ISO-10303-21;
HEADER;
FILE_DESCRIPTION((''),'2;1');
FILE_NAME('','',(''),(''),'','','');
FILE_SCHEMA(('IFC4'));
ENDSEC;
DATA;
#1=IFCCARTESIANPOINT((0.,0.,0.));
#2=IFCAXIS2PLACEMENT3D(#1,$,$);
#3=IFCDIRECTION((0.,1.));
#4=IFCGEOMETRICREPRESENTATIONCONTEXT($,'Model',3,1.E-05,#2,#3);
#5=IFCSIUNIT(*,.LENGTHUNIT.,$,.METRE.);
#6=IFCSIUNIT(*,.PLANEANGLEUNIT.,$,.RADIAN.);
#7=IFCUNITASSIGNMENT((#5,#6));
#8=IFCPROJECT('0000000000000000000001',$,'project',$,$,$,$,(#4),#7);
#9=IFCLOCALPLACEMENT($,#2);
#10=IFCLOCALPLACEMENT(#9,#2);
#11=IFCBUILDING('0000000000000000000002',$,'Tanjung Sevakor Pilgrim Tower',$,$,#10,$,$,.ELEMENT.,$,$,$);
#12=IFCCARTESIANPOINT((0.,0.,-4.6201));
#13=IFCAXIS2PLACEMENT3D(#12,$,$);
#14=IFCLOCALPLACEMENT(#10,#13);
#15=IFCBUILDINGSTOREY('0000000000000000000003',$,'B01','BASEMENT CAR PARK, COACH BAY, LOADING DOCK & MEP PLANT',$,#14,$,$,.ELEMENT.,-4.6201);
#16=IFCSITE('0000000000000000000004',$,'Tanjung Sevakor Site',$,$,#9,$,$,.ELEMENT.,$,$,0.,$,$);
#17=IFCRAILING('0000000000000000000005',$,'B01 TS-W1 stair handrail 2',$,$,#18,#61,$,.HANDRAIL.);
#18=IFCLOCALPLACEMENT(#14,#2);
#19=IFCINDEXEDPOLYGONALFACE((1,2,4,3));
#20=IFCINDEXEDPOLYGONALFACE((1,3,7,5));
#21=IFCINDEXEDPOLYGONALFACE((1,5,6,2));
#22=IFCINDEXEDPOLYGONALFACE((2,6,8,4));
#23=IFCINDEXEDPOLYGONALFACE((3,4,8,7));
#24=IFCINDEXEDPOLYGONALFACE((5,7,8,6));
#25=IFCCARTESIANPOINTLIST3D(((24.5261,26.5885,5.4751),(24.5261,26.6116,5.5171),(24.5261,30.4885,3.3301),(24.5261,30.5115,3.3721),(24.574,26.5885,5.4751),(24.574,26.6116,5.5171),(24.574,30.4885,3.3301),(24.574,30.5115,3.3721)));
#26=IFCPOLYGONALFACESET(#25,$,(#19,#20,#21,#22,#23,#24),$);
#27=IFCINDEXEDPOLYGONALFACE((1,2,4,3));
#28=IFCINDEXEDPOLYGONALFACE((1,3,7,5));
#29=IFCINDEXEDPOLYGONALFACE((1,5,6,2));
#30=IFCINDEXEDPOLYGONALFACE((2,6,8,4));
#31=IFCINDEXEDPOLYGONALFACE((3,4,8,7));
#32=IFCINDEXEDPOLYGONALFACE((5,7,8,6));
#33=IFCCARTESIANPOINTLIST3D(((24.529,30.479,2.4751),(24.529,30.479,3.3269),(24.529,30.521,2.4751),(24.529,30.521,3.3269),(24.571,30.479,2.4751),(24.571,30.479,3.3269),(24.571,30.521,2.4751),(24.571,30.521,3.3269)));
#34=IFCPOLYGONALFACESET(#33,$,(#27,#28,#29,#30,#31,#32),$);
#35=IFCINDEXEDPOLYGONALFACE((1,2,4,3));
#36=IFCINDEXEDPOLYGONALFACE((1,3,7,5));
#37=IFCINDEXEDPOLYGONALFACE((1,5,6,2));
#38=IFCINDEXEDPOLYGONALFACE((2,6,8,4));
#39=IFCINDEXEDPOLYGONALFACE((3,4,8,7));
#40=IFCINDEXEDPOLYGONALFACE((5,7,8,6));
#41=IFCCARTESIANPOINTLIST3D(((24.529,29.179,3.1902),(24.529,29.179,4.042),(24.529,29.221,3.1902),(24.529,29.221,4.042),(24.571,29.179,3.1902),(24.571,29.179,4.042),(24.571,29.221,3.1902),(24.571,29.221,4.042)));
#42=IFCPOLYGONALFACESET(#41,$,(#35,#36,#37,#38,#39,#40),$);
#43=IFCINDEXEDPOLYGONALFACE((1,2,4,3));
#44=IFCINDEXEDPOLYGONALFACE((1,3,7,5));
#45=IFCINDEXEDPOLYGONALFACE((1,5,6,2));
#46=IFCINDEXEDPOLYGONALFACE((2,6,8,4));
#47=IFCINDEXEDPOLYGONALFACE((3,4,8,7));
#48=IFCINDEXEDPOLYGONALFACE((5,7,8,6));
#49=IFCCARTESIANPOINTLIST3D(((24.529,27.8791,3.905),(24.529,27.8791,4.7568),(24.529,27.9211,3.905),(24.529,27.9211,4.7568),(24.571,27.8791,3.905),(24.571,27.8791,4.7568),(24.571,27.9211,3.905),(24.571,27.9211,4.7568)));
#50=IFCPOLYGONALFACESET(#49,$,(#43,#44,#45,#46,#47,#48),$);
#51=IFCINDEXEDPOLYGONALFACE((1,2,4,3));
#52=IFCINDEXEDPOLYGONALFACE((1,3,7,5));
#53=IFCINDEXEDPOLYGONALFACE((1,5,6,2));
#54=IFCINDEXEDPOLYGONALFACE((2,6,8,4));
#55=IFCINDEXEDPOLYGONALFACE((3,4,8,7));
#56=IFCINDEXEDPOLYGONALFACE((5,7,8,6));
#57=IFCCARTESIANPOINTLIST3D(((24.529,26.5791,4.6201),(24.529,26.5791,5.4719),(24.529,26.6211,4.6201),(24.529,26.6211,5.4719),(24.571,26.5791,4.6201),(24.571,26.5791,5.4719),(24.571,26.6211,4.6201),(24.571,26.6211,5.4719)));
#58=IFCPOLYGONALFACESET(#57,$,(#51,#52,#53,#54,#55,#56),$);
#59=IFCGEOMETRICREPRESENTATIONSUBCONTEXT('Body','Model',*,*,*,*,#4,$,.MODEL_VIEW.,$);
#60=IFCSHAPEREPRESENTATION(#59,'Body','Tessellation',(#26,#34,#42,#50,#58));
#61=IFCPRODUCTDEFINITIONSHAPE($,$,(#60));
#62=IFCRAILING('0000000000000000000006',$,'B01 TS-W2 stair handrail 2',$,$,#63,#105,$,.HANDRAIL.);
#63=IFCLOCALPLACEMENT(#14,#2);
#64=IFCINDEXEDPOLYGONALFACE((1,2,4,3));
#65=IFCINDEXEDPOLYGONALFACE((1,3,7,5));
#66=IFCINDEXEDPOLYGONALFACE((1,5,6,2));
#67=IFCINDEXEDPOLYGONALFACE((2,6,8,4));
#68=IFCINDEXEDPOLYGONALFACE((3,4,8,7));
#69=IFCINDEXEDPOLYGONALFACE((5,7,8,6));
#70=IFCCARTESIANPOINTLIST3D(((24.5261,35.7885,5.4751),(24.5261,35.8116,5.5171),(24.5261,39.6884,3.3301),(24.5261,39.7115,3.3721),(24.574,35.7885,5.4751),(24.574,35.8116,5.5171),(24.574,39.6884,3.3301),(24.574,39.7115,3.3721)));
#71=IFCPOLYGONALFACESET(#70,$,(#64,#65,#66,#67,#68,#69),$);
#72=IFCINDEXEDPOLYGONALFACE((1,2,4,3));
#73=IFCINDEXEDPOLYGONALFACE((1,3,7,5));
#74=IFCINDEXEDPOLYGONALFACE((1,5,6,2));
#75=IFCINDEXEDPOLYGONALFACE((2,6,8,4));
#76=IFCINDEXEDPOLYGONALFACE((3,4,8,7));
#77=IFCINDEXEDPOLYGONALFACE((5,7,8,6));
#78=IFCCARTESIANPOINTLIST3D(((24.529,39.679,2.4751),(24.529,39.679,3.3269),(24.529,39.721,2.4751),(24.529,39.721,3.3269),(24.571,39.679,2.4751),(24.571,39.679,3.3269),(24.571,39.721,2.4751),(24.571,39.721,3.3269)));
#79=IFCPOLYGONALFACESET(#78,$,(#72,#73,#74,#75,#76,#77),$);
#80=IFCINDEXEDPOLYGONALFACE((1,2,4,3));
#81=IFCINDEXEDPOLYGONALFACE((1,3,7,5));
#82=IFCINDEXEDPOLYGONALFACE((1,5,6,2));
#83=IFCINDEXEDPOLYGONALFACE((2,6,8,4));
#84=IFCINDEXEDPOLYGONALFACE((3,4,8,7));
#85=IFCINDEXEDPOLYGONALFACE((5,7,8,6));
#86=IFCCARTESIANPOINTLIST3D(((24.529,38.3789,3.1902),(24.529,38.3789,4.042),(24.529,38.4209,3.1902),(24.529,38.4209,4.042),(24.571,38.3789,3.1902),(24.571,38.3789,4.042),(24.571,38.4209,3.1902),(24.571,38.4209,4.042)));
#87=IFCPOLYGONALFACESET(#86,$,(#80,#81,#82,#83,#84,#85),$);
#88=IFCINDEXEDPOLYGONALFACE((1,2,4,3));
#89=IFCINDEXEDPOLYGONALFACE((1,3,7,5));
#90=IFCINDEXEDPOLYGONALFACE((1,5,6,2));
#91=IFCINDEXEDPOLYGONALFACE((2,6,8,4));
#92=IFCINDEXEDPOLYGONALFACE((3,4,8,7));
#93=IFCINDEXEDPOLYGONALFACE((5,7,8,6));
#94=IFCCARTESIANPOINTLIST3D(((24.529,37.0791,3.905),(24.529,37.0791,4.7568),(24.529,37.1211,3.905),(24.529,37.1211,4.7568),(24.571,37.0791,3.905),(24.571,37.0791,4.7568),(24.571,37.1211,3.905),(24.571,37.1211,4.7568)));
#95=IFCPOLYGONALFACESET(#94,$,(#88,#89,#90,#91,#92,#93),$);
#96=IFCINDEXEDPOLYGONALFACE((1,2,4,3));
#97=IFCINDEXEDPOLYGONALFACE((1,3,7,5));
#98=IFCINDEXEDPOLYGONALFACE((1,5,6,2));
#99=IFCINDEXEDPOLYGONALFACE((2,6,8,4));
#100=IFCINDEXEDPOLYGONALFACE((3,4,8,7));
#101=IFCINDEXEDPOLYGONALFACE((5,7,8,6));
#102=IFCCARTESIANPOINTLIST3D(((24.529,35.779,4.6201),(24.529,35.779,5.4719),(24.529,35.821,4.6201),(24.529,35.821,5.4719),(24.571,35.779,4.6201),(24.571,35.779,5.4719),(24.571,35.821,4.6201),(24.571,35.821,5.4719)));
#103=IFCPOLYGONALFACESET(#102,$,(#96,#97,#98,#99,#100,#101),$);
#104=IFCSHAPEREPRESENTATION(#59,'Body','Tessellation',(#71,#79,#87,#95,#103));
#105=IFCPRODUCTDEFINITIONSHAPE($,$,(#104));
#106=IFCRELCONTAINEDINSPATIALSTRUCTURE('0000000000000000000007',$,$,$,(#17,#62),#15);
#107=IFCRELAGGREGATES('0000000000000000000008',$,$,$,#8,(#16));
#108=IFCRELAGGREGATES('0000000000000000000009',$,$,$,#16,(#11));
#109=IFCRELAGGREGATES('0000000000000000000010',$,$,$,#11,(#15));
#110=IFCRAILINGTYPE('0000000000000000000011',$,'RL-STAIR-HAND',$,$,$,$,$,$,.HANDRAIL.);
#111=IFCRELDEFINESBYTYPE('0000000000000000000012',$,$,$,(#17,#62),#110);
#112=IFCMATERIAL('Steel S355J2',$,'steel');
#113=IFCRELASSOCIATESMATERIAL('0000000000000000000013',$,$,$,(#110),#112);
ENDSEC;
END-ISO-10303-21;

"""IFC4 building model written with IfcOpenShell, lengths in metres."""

from ifc_helpers import new_model, si_unit, direction, frame, origin, place, context, subcontext, project, spatial, rectangle, extrude, material, type_object, element, save


model = new_model("IFC4")

# Units and contexts
model_context = context("Model", 3, precision=1e-05, world=origin(), true_north=direction((0.0, 1.0)))
body_context = subcontext(model_context, "Body", "Model", "MODEL_VIEW")
ifc_project = project(units=[si_unit("LENGTHUNIT", "METRE"), si_unit("PLANEANGLEUNIT", "RADIAN")], contexts=[model_context])

# Site, building, storey
site_placement = place(None, origin())
site = spatial("IfcSite", under=ifc_project, at=site_placement, Name="Tanjung Sevakor Site", CompositionType="ELEMENT", RefElevation=0.0)
building_placement = place(site_placement, origin())
building = spatial("IfcBuilding", under=site, at=building_placement, Name="Tanjung Sevakor Pilgrim Tower", CompositionType="ELEMENT")
storey_placement = place(building_placement, frame((0.0, 0.0, -4.6201)))
storey = spatial("IfcBuildingStorey", under=building, at=storey_placement, Name="B01", Description="BASEMENT CAR PARK, COACH BAY, LOADING DOCK & MEP PLANT", CompositionType="ELEMENT", Elevation=-4.6201)

# Railings
ifc_material_1 = material(Name="Steel S355J2", Category="steel")
railing_type_1 = type_object("IfcRailingType", Name="RL-STAIR-HAND", PredefinedType="HANDRAIL", material=ifc_material_1)
for number, where, name in (
    (1, (24.55, 30.5, 2.4751), "B01 TS-W1 stair handrail 2"),
    (2, (24.55, 39.7, 2.4751), "B01 TS-W2 stair handrail 2"),
):
    element("IfcRailing", number, at=place(storey_placement, frame(where)), inside=storey, type_object=railing_type_1, Name=name, PredefinedType="HANDRAIL", context=body_context, shape_type="SweptSolid", body=[
        extrude(rectangle(XDim=0.0479, YDim=0.0479), frame((0.0, 0.0, 0.876), z_axis=(0.0, -0.876209, 0.481931), x_axis=(1.0, 0.0, 0.0)), (0.0, 0.0, 1.0), 4.4509),
        extrude(rectangle(XDim=0.042, YDim=0.042), origin(), (0.0, 0.0, 1.0), 0.8518),
        extrude(rectangle(XDim=0.042, YDim=0.042), frame((0.0, -1.3, 0.7151)), (0.0, 0.0, 1.0), 0.8518),
        extrude(rectangle(XDim=0.042, YDim=0.042), frame((0.0, -2.5999, 1.4299)), (0.0, 0.0, 1.0), 0.8518),
        extrude(rectangle(XDim=0.042, YDim=0.042), frame((0.0, -3.8999, 2.145)), (0.0, 0.0, 1.0), 0.8518),
    ])

save(model, "model.ifc")
